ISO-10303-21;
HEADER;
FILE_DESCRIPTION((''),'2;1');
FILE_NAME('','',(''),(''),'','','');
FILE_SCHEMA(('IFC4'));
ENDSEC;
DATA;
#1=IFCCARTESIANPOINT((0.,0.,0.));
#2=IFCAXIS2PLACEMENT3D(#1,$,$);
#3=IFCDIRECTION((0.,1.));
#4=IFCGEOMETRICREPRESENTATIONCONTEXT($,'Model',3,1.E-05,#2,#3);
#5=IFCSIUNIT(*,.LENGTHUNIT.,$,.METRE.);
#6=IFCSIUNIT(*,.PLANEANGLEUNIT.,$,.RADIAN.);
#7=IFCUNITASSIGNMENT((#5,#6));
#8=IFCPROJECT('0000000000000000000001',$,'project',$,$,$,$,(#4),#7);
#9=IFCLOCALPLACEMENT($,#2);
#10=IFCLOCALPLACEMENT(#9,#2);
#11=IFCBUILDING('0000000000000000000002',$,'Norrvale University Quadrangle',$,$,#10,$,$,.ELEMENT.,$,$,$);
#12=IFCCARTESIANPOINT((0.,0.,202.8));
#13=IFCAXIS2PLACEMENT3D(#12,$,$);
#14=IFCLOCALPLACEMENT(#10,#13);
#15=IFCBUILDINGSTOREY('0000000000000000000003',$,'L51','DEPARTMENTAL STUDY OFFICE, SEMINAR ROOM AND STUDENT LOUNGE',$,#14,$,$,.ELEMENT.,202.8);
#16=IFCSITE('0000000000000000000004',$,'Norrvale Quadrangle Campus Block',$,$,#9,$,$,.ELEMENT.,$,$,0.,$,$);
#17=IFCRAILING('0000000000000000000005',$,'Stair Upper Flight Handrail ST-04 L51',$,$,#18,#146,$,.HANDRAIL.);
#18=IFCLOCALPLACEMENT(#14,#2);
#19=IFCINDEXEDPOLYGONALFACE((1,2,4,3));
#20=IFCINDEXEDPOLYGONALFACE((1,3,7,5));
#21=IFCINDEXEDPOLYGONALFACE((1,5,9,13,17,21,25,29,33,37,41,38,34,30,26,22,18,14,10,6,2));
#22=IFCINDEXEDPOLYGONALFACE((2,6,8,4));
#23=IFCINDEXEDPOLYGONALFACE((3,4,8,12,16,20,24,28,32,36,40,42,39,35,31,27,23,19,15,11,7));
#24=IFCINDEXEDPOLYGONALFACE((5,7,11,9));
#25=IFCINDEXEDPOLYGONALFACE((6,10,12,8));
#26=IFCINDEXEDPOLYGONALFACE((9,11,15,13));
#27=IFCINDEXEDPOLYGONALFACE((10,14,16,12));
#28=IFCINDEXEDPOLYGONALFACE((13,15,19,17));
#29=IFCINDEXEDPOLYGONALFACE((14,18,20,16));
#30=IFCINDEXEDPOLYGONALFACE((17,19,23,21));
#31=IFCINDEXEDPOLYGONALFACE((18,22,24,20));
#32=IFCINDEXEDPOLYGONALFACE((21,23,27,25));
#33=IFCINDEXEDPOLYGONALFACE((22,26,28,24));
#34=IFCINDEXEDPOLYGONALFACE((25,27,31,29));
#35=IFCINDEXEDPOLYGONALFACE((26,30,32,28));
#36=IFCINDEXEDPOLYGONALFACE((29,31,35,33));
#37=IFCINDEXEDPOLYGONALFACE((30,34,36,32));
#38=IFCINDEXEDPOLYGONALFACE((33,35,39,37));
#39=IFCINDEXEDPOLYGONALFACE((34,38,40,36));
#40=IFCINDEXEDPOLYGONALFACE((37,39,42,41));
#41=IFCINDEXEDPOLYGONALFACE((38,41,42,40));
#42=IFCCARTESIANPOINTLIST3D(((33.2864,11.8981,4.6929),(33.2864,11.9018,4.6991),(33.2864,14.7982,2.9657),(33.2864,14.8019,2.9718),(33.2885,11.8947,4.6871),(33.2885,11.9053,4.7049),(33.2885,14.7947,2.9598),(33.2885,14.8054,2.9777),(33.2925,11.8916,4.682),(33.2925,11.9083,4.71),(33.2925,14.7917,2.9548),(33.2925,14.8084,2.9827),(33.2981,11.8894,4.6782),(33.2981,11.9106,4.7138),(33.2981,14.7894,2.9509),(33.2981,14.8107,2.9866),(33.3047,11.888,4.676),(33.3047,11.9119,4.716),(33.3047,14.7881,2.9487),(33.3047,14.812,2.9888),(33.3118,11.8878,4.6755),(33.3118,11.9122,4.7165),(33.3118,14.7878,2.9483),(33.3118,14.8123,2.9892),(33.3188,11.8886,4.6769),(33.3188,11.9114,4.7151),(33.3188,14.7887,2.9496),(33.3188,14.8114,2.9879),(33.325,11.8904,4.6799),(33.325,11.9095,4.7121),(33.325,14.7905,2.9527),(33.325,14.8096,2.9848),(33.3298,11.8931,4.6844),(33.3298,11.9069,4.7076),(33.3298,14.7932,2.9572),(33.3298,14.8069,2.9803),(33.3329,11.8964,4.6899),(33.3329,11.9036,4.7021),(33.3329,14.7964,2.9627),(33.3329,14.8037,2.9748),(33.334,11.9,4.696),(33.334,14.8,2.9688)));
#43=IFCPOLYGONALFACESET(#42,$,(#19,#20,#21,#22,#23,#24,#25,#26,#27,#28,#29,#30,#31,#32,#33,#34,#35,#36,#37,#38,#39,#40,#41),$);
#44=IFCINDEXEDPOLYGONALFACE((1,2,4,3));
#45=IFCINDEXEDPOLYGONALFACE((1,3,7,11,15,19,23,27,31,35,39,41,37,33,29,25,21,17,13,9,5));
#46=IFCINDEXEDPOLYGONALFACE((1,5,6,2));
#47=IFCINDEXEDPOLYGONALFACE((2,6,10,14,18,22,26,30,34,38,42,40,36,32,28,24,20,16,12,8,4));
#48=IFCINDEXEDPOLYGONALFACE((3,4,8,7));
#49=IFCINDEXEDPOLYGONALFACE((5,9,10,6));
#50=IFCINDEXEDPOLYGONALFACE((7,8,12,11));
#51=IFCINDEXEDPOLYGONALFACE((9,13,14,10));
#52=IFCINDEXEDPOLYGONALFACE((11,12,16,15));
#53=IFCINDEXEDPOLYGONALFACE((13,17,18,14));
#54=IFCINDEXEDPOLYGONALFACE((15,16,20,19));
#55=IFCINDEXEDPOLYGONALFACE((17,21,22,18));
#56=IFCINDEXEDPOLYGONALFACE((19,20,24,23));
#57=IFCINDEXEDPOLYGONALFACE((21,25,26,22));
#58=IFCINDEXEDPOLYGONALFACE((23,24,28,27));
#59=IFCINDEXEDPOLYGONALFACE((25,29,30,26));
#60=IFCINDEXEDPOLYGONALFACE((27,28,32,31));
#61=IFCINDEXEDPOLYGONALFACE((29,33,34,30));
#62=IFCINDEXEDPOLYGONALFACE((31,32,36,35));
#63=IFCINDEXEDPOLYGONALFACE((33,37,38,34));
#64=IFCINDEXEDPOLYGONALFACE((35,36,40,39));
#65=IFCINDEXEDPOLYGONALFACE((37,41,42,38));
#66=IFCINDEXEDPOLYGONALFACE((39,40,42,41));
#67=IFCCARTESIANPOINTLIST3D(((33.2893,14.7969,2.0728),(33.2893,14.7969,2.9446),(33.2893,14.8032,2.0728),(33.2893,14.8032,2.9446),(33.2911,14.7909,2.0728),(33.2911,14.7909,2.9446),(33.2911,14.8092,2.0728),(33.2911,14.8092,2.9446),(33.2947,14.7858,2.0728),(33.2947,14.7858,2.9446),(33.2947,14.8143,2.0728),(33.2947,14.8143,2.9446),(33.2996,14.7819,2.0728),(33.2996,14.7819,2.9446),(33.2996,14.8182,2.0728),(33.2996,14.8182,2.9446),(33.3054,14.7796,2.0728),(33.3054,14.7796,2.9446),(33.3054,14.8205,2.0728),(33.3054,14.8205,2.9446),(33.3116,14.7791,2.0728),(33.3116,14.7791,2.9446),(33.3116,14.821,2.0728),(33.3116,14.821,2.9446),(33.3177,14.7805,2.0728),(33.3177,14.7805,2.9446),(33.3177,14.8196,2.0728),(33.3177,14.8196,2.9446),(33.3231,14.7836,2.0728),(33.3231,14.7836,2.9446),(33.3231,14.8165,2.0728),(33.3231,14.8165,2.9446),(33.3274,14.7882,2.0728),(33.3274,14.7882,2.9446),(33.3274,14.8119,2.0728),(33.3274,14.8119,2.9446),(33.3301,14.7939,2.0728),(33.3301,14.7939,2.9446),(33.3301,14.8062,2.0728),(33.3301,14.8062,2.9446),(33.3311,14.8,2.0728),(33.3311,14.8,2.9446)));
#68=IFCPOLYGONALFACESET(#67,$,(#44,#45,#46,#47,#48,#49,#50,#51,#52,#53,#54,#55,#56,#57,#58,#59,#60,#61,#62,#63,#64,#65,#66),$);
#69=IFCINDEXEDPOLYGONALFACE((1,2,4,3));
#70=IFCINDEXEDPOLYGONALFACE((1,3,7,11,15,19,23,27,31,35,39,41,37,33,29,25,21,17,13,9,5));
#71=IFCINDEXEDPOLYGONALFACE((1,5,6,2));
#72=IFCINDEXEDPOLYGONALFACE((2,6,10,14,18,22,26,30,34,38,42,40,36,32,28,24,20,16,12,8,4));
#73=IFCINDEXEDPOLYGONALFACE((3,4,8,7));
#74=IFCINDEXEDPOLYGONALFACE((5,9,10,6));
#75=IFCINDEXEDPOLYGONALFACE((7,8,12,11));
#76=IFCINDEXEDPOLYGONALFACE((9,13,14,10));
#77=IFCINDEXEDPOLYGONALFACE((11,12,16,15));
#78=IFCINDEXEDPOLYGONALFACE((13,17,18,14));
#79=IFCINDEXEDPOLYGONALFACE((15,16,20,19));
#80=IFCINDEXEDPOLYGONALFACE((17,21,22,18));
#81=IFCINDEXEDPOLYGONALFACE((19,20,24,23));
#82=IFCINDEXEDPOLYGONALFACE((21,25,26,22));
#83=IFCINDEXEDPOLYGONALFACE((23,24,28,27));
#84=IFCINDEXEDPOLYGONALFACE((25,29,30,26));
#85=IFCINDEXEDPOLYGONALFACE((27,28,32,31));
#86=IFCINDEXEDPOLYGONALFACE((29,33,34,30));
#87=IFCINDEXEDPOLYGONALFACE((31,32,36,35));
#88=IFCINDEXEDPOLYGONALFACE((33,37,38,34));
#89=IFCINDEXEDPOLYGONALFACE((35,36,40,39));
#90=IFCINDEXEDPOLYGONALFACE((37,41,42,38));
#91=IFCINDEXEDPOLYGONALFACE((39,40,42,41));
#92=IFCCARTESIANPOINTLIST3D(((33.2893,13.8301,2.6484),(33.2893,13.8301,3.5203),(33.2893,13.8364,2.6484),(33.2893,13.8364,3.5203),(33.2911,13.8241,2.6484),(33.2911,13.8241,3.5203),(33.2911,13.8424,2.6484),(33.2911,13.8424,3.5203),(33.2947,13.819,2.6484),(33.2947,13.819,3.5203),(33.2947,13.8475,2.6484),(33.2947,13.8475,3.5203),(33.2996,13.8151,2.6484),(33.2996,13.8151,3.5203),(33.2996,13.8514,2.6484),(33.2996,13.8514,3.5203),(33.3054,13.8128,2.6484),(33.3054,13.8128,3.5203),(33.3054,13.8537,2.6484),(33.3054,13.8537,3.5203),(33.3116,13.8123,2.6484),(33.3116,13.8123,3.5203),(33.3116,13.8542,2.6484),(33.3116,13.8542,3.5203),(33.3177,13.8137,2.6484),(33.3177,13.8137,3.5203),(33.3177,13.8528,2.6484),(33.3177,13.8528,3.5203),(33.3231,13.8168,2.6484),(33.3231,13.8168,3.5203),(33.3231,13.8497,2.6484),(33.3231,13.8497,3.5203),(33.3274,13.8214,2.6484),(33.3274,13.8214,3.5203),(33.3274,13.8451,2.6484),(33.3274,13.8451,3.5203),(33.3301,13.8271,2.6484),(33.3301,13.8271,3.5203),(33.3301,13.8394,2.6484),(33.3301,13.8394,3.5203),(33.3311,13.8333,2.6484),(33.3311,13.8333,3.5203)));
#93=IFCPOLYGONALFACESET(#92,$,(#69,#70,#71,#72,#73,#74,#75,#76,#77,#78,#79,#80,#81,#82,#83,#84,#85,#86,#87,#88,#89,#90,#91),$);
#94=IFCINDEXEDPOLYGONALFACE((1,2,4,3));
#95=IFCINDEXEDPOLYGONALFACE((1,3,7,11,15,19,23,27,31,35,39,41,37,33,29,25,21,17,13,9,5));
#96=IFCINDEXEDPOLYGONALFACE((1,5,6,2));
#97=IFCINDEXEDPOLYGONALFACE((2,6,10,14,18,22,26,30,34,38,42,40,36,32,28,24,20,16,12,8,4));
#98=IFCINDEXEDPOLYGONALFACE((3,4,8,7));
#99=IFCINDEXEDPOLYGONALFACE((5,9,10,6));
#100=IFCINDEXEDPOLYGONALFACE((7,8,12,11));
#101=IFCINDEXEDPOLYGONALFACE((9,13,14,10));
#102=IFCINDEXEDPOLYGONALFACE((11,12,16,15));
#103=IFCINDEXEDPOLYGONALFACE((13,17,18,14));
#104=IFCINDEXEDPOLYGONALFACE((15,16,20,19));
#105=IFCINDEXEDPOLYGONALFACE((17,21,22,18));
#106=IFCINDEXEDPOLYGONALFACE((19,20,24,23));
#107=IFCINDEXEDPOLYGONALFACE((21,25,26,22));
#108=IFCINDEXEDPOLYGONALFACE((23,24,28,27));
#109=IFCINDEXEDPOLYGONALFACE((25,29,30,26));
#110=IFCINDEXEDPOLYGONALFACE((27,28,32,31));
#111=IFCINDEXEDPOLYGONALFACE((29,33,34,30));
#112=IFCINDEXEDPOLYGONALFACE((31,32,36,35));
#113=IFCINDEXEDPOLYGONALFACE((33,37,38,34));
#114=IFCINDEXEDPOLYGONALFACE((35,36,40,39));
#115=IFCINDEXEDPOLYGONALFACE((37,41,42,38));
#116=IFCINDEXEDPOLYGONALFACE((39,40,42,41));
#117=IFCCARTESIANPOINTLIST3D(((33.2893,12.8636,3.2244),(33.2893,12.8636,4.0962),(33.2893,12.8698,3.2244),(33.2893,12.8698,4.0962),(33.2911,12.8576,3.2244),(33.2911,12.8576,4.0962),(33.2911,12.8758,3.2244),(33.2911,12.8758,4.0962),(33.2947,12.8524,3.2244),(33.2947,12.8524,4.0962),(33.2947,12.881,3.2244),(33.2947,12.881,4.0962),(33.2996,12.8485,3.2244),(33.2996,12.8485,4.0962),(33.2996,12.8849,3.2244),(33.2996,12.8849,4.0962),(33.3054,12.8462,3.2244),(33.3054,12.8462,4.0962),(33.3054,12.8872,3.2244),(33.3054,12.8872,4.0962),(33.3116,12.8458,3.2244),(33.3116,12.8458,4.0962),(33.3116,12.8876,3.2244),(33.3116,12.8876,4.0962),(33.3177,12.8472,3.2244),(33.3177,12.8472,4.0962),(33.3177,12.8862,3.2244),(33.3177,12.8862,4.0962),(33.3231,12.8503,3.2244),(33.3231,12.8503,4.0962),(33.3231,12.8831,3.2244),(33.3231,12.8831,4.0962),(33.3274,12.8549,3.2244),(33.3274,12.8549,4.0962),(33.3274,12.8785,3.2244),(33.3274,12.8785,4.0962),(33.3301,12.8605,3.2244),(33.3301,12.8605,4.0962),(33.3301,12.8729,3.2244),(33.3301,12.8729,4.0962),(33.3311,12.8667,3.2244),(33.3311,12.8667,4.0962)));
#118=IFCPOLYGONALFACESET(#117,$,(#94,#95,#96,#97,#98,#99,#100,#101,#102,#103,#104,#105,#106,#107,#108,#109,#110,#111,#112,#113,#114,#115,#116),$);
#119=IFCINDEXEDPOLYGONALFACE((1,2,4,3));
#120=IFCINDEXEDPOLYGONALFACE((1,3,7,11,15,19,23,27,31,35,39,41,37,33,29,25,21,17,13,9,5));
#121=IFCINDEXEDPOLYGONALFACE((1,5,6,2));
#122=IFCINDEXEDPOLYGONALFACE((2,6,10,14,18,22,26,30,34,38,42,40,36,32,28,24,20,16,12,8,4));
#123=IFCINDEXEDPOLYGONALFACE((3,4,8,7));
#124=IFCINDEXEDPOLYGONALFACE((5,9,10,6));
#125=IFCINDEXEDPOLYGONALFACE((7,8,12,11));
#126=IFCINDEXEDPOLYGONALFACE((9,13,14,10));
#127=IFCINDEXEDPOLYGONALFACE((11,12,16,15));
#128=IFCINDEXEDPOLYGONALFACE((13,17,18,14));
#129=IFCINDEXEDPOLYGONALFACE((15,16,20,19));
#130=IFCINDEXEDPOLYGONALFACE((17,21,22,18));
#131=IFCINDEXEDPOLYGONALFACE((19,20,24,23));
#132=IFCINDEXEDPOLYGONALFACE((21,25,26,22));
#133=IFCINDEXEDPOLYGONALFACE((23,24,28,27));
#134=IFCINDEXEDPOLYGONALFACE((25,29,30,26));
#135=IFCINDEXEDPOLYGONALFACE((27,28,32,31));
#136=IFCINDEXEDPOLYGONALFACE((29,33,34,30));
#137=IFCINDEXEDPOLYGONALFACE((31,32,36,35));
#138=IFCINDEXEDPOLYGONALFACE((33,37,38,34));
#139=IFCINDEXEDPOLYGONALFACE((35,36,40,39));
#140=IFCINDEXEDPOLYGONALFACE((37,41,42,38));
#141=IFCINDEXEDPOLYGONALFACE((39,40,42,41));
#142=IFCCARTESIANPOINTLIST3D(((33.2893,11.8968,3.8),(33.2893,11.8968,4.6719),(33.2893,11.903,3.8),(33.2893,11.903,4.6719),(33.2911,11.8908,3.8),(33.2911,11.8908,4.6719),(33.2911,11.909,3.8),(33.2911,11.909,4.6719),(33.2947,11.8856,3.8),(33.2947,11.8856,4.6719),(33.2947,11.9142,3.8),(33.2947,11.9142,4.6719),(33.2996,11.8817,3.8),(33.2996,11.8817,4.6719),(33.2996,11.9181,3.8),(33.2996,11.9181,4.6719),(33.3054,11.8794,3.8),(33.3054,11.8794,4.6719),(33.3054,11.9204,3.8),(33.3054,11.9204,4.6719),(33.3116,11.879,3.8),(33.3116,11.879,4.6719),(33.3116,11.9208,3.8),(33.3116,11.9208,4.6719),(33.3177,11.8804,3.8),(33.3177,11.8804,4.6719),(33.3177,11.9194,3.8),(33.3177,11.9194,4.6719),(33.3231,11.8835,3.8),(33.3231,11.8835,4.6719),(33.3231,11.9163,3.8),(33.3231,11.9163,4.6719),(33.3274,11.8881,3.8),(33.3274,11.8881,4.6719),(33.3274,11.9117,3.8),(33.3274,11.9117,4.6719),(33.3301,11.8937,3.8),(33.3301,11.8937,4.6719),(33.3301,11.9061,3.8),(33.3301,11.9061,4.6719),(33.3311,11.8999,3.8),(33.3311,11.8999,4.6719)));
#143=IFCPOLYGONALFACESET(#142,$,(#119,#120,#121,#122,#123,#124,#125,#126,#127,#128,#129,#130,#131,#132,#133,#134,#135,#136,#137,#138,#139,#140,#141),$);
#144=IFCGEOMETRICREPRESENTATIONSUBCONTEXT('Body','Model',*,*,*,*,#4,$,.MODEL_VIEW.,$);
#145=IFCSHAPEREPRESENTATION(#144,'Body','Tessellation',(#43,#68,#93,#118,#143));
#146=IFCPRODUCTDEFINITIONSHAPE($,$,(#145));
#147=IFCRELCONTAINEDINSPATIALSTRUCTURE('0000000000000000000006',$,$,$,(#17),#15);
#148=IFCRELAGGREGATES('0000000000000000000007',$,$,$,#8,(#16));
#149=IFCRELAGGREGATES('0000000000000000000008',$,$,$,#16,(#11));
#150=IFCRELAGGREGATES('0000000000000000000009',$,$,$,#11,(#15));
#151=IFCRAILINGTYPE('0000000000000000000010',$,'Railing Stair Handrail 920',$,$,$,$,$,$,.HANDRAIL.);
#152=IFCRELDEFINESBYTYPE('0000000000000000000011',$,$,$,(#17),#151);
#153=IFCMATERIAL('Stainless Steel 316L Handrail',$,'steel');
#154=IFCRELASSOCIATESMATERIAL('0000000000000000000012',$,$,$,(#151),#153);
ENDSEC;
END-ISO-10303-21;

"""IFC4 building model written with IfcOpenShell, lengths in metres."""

from ifc_helpers import new_model, si_unit, direction, frame, origin, origin_2d, place, context, subcontext, project, spatial, circle, extrude, material, type_object, element, save


model = new_model("IFC4")

# Units and contexts
model_context = context("Model", 3, precision=1e-05, world=origin(), true_north=direction((0.0, 1.0)))
body_context = subcontext(model_context, "Body", "Model", "MODEL_VIEW")
ifc_project = project(units=[si_unit("LENGTHUNIT", "METRE"), si_unit("PLANEANGLEUNIT", "RADIAN")], contexts=[model_context])

# Site, building, storey
site_placement = place(None, origin())
site = spatial("IfcSite", under=ifc_project, at=site_placement, Name="Norrvale Quadrangle Campus Block", CompositionType="ELEMENT", RefElevation=0.0)
building_placement = place(site_placement, origin())
building = spatial("IfcBuilding", under=site, at=building_placement, Name="Norrvale University Quadrangle", CompositionType="ELEMENT")
storey_placement = place(building_placement, frame((0.0, 0.0, 202.8)))
storey = spatial("IfcBuildingStorey", under=building, at=storey_placement, Name="L51", Description="DEPARTMENTAL STUDY OFFICE, SEMINAR ROOM AND STUDENT LOUNGE", CompositionType="ELEMENT", Elevation=202.8)

# Railing
ifc_material_1 = material(Name="Stainless Steel 316L Handrail", Category="steel")
railing_type_1 = type_object("IfcRailingType", Name="Railing Stair Handrail 920", PredefinedType="HANDRAIL", material=ifc_material_1)
railing_1_placement = place(storey_placement, frame((33.3101, 14.8, 2.0728)))
element("IfcRailing", 1, at=railing_1_placement, inside=storey, type_object=railing_type_1, Name="Stair Upper Flight Handrail ST-04 L51", PredefinedType="HANDRAIL", context=body_context, shape_type="SweptSolid", body=[
    extrude(circle(Radius=0.0239, at=origin_2d()), frame((0.0, 0.0, 0.896), z_axis=(0.0, -0.85916, 0.511706), x_axis=(1.0, 0.0, 0.0)), (0.0, 0.0, 1.0), 3.3755),
    extrude(circle(Radius=0.021, at=origin_2d()), origin(), (0.0, 0.0, 1.0), 0.8718),
    extrude(circle(Radius=0.021, at=origin_2d()), frame((0.0, -0.9668, 0.5757)), (0.0, 0.0, 1.0), 0.8718),
    extrude(circle(Radius=0.021, at=origin_2d()), frame((0.0, -1.9333, 1.1516)), (0.0, 0.0, 1.0), 0.8718),
    extrude(circle(Radius=0.021, at=origin_2d()), frame((0.0, -2.9001, 1.7273)), (0.0, 0.0, 1.0), 0.8718),
])

save(model, "model.ifc")
